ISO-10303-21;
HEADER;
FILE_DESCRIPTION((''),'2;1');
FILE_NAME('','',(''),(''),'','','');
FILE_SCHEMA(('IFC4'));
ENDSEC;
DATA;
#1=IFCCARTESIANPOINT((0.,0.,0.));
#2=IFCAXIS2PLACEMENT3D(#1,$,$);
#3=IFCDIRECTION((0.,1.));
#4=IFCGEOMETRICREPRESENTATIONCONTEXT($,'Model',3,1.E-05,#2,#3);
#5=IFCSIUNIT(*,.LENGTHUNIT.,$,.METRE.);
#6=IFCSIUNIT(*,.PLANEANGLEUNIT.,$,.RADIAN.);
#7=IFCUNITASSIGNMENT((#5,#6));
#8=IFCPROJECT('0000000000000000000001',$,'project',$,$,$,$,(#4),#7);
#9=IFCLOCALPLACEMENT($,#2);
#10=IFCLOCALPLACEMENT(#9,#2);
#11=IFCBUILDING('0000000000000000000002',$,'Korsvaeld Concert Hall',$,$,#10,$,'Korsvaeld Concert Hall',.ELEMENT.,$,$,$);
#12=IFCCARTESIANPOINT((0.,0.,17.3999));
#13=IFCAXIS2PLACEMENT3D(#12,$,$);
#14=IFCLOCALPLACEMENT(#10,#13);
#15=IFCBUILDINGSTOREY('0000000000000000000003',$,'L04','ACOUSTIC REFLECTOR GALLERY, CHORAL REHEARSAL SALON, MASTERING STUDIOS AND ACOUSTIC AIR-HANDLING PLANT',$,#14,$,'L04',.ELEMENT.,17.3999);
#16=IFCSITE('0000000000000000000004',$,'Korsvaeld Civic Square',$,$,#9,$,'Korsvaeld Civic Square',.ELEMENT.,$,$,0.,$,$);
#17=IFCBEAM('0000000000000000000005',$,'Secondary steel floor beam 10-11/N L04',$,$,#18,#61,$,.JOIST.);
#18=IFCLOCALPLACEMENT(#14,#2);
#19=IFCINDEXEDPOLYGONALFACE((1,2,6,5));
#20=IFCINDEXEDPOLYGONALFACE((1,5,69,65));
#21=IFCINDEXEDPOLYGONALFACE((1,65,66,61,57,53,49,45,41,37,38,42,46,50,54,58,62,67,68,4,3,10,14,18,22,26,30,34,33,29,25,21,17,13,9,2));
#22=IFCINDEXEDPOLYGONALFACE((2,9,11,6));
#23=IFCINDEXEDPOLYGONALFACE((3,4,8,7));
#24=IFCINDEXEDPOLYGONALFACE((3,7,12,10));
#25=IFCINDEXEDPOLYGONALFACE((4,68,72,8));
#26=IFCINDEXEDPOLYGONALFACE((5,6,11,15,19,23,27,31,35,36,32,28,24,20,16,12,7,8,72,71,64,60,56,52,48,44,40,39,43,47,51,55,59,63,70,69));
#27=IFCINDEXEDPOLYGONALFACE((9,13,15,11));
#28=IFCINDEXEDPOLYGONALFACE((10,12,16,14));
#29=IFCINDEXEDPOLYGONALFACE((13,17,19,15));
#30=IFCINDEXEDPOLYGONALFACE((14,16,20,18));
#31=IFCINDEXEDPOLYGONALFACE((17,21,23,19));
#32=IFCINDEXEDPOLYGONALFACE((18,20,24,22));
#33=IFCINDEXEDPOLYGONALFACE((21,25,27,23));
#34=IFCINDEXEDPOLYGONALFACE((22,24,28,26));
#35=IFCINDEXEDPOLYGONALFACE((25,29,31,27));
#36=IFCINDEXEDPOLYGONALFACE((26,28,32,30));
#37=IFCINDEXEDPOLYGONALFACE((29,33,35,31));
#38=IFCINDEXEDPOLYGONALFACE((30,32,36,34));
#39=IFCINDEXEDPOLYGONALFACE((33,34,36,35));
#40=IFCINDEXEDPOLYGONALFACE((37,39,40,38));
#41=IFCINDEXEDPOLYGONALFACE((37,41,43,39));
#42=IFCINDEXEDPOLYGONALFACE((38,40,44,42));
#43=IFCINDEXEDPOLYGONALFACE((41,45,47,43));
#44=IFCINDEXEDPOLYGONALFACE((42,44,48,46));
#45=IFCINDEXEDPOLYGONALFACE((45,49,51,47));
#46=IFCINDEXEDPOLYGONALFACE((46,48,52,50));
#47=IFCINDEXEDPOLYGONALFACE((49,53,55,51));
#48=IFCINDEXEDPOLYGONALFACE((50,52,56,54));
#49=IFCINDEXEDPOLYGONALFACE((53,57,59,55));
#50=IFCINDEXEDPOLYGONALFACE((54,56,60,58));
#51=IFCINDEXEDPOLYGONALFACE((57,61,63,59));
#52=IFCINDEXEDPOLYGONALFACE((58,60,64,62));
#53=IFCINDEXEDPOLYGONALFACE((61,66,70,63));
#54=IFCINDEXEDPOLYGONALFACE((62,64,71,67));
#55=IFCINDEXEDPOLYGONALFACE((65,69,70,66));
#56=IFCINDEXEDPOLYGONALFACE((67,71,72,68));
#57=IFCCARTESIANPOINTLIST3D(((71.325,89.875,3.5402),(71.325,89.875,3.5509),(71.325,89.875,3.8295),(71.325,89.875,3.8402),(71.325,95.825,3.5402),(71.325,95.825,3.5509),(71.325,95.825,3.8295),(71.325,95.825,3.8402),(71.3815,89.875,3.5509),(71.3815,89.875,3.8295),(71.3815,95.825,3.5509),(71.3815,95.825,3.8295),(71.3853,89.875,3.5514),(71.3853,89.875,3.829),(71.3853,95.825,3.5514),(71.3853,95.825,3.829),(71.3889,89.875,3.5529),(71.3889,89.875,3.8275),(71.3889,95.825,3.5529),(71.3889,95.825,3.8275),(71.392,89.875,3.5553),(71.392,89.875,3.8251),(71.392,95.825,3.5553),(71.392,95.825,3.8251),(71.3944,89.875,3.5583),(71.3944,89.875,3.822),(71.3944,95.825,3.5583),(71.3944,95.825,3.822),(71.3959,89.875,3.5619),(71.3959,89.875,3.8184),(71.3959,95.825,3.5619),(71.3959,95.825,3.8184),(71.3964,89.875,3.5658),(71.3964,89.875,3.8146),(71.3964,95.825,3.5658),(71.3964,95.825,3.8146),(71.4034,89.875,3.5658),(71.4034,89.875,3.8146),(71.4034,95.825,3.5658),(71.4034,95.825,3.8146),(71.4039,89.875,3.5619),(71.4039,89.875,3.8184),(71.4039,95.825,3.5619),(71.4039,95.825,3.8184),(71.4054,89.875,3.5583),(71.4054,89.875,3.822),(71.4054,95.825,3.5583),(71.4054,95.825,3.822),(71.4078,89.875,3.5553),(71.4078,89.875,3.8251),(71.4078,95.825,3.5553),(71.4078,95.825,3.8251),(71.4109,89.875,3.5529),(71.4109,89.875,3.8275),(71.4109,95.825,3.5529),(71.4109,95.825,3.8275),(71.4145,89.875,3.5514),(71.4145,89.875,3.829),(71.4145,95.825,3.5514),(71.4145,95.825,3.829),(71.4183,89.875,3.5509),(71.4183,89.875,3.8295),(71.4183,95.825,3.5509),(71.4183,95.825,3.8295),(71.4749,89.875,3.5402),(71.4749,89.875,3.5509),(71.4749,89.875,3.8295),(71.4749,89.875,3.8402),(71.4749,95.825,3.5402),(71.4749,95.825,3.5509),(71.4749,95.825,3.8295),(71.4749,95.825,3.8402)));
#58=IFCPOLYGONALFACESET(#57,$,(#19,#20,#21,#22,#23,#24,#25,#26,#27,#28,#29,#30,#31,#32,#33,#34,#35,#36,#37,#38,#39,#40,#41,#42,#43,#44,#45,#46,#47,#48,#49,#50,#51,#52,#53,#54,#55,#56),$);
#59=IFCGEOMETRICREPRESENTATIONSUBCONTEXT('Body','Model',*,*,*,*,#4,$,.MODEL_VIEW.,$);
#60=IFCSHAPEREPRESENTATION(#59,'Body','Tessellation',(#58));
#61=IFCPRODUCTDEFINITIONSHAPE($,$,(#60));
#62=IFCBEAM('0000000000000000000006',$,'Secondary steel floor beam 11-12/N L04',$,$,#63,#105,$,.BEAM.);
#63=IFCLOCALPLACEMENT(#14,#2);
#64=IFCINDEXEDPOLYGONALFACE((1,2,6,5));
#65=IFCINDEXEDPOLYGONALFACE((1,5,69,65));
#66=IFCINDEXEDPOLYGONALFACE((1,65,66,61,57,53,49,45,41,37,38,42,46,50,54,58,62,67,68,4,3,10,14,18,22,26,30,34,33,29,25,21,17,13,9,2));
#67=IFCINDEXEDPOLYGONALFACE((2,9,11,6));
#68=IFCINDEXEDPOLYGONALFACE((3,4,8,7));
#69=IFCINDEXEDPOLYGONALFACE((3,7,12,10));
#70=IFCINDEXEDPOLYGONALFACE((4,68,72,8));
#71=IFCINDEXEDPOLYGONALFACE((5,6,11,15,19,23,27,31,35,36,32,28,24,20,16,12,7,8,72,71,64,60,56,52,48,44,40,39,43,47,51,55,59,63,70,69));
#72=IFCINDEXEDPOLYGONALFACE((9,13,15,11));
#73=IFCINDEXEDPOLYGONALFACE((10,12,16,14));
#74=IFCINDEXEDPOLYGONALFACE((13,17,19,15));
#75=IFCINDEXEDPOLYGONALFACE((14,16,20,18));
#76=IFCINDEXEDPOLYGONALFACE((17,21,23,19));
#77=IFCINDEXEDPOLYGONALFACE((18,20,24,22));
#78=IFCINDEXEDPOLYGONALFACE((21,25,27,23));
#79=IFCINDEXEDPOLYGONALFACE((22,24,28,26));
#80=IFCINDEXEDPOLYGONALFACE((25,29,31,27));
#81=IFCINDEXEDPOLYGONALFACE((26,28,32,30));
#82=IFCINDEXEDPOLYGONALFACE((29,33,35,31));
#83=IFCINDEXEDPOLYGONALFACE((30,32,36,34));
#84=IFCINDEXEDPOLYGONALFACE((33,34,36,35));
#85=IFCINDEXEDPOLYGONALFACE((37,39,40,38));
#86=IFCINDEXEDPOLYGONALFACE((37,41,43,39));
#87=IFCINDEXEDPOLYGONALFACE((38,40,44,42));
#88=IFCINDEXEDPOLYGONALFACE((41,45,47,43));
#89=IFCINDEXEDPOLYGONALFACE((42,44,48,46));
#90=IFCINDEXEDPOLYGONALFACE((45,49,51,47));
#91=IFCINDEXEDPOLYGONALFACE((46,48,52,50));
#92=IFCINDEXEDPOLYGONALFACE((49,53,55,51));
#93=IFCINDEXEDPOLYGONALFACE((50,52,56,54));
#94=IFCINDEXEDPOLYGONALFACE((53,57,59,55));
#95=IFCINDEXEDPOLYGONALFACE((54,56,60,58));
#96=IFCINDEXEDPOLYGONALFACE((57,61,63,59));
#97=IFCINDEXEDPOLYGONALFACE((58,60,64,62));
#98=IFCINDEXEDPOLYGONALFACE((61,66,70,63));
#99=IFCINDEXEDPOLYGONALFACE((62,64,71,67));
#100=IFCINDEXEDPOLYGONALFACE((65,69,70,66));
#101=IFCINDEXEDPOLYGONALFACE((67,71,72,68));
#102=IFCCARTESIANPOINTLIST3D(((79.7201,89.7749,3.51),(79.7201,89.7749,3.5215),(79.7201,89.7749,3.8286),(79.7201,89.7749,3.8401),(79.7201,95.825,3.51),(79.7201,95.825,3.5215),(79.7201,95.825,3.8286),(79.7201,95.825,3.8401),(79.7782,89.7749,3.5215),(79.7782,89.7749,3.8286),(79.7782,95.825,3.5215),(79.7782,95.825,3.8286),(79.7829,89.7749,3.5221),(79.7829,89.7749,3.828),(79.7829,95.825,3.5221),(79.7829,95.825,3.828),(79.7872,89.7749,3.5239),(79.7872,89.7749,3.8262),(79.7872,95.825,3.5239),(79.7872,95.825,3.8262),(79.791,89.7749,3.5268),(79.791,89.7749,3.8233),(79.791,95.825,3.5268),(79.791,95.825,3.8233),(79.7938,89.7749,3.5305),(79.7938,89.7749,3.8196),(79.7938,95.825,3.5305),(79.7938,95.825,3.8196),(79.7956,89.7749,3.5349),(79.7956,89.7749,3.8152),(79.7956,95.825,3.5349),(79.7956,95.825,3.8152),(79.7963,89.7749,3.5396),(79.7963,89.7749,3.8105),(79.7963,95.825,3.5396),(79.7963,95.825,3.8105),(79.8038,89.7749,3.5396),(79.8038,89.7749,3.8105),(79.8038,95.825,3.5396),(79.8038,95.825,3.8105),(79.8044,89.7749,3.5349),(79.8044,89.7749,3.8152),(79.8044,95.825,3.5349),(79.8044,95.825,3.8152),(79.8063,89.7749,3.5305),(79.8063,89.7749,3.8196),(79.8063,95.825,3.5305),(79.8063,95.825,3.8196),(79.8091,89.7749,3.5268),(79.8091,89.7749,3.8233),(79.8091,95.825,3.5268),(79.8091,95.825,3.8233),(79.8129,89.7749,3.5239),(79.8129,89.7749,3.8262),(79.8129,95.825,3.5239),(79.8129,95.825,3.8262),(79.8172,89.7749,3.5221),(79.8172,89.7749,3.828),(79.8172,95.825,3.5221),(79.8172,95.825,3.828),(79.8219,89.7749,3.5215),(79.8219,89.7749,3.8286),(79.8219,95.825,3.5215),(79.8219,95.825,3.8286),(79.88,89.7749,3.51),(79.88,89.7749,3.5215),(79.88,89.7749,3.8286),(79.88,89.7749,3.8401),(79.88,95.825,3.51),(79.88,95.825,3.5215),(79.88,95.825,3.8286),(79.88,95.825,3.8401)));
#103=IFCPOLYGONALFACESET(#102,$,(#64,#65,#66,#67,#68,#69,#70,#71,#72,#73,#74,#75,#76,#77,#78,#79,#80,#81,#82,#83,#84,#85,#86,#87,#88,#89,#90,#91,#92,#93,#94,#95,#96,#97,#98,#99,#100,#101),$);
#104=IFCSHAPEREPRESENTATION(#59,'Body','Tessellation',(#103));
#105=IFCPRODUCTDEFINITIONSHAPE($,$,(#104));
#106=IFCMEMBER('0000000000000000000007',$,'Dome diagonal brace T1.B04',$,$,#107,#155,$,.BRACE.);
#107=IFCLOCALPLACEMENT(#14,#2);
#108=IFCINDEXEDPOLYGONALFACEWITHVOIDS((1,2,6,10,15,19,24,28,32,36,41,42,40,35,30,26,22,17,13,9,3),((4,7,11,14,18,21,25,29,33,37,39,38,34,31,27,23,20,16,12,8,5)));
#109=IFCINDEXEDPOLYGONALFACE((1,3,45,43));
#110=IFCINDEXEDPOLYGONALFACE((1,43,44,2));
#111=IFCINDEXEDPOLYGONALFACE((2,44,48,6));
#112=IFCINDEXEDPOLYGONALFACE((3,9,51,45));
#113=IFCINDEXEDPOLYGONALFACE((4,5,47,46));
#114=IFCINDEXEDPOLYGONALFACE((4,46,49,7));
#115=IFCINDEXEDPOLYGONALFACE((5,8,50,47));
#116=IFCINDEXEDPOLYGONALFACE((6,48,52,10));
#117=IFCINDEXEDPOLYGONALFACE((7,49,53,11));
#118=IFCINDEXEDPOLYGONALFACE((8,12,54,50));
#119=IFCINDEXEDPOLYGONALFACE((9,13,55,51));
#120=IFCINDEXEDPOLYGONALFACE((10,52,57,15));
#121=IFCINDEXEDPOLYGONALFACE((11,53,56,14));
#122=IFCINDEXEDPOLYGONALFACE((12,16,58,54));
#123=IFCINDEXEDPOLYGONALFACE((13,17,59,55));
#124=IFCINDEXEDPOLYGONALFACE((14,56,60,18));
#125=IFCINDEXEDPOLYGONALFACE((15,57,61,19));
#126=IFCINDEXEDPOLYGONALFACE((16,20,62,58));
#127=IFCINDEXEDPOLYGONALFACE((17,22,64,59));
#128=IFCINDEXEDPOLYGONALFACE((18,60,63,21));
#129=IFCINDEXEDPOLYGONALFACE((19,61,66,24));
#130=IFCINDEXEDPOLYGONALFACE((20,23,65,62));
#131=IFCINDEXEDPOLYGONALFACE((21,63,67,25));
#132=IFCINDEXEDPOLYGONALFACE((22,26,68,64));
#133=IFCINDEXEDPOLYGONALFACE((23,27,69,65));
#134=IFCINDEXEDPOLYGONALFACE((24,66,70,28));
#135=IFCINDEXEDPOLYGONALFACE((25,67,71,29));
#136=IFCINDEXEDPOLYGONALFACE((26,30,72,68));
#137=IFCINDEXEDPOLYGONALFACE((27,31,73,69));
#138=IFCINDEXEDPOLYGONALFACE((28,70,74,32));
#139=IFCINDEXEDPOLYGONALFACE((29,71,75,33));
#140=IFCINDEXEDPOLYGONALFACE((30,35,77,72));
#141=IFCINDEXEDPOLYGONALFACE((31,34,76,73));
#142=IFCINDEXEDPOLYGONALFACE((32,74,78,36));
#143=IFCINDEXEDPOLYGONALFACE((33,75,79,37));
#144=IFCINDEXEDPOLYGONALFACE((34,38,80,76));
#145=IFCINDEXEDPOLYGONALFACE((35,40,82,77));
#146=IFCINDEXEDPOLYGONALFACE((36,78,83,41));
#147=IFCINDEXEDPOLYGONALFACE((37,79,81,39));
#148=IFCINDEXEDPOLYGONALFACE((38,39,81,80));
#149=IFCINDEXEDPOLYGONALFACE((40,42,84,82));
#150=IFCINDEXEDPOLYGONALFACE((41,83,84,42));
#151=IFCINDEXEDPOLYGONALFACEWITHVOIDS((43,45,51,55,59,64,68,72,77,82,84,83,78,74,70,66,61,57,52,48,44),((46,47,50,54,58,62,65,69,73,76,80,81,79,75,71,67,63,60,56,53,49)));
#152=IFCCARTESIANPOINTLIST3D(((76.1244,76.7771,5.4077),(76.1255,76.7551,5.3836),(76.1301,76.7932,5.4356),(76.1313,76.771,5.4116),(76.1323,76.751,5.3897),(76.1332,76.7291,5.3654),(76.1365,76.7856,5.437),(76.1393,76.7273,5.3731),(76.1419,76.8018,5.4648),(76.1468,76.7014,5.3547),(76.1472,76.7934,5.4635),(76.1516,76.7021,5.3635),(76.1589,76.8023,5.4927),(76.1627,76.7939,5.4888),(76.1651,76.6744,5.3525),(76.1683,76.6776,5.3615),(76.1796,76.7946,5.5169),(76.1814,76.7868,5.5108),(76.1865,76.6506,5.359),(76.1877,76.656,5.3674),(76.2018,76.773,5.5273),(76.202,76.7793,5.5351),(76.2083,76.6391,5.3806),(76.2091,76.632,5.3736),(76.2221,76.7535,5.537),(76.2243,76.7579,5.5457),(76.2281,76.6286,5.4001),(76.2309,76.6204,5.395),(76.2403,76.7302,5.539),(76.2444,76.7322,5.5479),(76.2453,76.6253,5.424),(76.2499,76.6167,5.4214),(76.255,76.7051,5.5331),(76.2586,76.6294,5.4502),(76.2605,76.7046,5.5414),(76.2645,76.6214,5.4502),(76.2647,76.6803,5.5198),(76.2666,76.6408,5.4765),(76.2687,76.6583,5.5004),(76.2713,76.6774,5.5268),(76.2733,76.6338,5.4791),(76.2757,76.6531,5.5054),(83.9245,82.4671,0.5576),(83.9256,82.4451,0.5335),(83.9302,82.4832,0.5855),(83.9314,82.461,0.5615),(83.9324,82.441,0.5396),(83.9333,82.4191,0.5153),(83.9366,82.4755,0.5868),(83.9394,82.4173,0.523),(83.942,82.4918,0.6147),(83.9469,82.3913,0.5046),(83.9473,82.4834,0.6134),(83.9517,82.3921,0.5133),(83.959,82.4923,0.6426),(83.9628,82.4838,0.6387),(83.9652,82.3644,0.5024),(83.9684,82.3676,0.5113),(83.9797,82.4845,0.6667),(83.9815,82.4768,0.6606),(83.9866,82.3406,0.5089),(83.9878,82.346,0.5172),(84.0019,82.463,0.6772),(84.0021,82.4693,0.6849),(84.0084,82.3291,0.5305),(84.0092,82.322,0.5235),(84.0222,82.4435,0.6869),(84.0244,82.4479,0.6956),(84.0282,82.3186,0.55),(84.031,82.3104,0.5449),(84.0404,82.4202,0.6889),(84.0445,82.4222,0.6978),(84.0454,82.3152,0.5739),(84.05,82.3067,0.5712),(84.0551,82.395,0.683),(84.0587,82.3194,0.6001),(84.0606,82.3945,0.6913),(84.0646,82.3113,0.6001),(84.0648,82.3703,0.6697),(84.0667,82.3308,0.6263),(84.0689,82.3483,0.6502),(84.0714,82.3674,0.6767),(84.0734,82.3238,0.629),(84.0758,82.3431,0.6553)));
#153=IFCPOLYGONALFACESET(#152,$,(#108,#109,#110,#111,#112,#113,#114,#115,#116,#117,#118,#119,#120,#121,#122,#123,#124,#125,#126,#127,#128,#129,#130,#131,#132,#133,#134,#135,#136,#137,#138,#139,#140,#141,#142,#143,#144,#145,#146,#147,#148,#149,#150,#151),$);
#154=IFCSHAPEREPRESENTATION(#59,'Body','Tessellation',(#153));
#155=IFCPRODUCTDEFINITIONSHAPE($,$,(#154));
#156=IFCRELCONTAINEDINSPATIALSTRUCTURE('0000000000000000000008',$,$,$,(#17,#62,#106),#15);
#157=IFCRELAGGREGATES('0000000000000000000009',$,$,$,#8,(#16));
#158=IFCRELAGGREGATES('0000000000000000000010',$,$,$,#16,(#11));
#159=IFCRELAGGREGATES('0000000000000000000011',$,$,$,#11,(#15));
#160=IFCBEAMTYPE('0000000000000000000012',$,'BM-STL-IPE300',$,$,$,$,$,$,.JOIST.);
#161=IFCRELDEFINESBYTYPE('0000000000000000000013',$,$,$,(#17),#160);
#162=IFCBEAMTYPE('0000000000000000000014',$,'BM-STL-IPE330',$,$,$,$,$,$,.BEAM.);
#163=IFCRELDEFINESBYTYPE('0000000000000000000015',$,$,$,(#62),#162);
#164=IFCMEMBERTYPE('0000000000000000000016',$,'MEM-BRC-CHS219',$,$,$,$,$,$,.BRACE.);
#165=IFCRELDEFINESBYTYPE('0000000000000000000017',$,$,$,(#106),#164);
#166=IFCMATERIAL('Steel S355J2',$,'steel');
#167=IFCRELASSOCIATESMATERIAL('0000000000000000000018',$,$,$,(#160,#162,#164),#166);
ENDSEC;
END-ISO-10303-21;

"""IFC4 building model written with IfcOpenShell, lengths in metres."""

from ifc_helpers import new_model, si_unit, direction, frame, origin, origin_2d, place, context, subcontext, project, spatial, hollow_circle, i_section, extrude, material, material_profile, profile_set, type_object, element, save


model = new_model("IFC4")

# Units and contexts
model_context = context("Model", 3, precision=1e-05, world=origin(), true_north=direction((0.0, 1.0)))
body_context = subcontext(model_context, "Body", "Model", "MODEL_VIEW")
ifc_project = project(units=[si_unit("LENGTHUNIT", "METRE"), si_unit("PLANEANGLEUNIT", "RADIAN")], contexts=[model_context])

# Site, building, storey
site_placement = place(None, origin())
site = spatial("IfcSite", under=ifc_project, at=site_placement, Name="Korsvaeld Civic Square", LongName="Korsvaeld Civic Square", CompositionType="ELEMENT", RefElevation=0.0)
building_placement = place(site_placement, origin())
building = spatial("IfcBuilding", under=site, at=building_placement, Name="Korsvaeld Concert Hall", LongName="Korsvaeld Concert Hall", CompositionType="ELEMENT")
storey_placement = place(building_placement, frame((0.0, 0.0, 17.3999)))
storey = spatial("IfcBuildingStorey", under=building, at=storey_placement, Name="L04", Description="ACOUSTIC REFLECTOR GALLERY, CHORAL REHEARSAL SALON, MASTERING STUDIOS AND ACOUSTIC AIR-HANDLING PLANT", LongName="L04", CompositionType="ELEMENT", Elevation=17.3999)

# Beams
ifc_material_1 = material(Name="Steel S355J2", Category="steel")
ifc_material_profile_1 = material_profile(ifc_material_1, i_section(OverallWidth=0.1499, OverallDepth=0.3, WebThickness=0.0071, FlangeThickness=0.0107, FilletRadius=0.0149, at=origin_2d()), Name="IPE 300")
ifc_profile_set_1 = profile_set([ifc_material_profile_1], Name="Steel S355J2")
beam_type_1 = type_object("IfcBeamType", Name="BM-STL-IPE300", PredefinedType="JOIST", material=ifc_profile_set_1)
beam_1_placement = place(storey_placement, frame((71.3999, 89.875, 3.6902), z_axis=(0.0, 1.0, 0.0), x_axis=(-1.0, 0.0, 0.0)))
element("IfcBeam", 1, at=beam_1_placement, inside=storey, type_object=beam_type_1, Name="Secondary steel floor beam 10-11/N L04", PredefinedType="JOIST", context=body_context, shape_type="SweptSolid", body=[
    extrude(i_section(OverallWidth=0.1499, OverallDepth=0.3, WebThickness=0.0071, FlangeThickness=0.0107, FilletRadius=0.0149, at=origin_2d()), origin(), (0.0, 0.0, 1.0), 5.95),
])
ifc_material_profile_2 = material_profile(ifc_material_1, i_section(OverallWidth=0.1599, OverallDepth=0.3301, WebThickness=0.0076, FlangeThickness=0.0115, FilletRadius=0.0181, at=origin_2d()), Name="IPE 330")
ifc_profile_set_2 = profile_set([ifc_material_profile_2], Name="Steel S355J2")
beam_type_2 = type_object("IfcBeamType", Name="BM-STL-IPE330", PredefinedType="BEAM", material=ifc_profile_set_2)
beam_2_placement = place(storey_placement, frame((79.8, 89.7749, 3.675), z_axis=(0.0, 1.0, 0.0), x_axis=(-1.0, 0.0, 0.0)))
element("IfcBeam", 2, at=beam_2_placement, inside=storey, type_object=beam_type_2, Name="Secondary steel floor beam 11-12/N L04", PredefinedType="BEAM", context=body_context, shape_type="SweptSolid", body=[
    extrude(i_section(OverallWidth=0.1599, OverallDepth=0.3301, WebThickness=0.0076, FlangeThickness=0.0115, FilletRadius=0.0181, at=origin_2d()), origin(), (0.0, 0.0, 1.0), 6.05),
])

# Member
ifc_material_profile_3 = material_profile(ifc_material_1, hollow_circle(Radius=0.1096, WallThickness=0.01, at=origin_2d()), Name="CHS 219.1x10")
ifc_profile_set_3 = profile_set([ifc_material_profile_3], Name="Steel S355J2")
member_type_1 = type_object("IfcMemberType", Name="MEM-BRC-CHS219", PredefinedType="BRACE", material=ifc_profile_set_3)
member_1_placement = place(storey_placement, frame((84.0, 82.3999, 0.6001), z_axis=(-0.721918, -0.526622, 0.448891), x_axis=(0.589335, -0.807889, 0.0)))
element("IfcMember", 3, at=member_1_placement, inside=storey, type_object=member_type_1, Name="Dome diagonal brace T1.B04", PredefinedType="BRACE", context=body_context, shape_type="SweptSolid", body=[
    extrude(hollow_circle(Radius=0.1096, WallThickness=0.01, at=origin_2d()), origin(), (0.0, 0.0, 1.0), 10.8047),
])

save(model, "model.ifc")
